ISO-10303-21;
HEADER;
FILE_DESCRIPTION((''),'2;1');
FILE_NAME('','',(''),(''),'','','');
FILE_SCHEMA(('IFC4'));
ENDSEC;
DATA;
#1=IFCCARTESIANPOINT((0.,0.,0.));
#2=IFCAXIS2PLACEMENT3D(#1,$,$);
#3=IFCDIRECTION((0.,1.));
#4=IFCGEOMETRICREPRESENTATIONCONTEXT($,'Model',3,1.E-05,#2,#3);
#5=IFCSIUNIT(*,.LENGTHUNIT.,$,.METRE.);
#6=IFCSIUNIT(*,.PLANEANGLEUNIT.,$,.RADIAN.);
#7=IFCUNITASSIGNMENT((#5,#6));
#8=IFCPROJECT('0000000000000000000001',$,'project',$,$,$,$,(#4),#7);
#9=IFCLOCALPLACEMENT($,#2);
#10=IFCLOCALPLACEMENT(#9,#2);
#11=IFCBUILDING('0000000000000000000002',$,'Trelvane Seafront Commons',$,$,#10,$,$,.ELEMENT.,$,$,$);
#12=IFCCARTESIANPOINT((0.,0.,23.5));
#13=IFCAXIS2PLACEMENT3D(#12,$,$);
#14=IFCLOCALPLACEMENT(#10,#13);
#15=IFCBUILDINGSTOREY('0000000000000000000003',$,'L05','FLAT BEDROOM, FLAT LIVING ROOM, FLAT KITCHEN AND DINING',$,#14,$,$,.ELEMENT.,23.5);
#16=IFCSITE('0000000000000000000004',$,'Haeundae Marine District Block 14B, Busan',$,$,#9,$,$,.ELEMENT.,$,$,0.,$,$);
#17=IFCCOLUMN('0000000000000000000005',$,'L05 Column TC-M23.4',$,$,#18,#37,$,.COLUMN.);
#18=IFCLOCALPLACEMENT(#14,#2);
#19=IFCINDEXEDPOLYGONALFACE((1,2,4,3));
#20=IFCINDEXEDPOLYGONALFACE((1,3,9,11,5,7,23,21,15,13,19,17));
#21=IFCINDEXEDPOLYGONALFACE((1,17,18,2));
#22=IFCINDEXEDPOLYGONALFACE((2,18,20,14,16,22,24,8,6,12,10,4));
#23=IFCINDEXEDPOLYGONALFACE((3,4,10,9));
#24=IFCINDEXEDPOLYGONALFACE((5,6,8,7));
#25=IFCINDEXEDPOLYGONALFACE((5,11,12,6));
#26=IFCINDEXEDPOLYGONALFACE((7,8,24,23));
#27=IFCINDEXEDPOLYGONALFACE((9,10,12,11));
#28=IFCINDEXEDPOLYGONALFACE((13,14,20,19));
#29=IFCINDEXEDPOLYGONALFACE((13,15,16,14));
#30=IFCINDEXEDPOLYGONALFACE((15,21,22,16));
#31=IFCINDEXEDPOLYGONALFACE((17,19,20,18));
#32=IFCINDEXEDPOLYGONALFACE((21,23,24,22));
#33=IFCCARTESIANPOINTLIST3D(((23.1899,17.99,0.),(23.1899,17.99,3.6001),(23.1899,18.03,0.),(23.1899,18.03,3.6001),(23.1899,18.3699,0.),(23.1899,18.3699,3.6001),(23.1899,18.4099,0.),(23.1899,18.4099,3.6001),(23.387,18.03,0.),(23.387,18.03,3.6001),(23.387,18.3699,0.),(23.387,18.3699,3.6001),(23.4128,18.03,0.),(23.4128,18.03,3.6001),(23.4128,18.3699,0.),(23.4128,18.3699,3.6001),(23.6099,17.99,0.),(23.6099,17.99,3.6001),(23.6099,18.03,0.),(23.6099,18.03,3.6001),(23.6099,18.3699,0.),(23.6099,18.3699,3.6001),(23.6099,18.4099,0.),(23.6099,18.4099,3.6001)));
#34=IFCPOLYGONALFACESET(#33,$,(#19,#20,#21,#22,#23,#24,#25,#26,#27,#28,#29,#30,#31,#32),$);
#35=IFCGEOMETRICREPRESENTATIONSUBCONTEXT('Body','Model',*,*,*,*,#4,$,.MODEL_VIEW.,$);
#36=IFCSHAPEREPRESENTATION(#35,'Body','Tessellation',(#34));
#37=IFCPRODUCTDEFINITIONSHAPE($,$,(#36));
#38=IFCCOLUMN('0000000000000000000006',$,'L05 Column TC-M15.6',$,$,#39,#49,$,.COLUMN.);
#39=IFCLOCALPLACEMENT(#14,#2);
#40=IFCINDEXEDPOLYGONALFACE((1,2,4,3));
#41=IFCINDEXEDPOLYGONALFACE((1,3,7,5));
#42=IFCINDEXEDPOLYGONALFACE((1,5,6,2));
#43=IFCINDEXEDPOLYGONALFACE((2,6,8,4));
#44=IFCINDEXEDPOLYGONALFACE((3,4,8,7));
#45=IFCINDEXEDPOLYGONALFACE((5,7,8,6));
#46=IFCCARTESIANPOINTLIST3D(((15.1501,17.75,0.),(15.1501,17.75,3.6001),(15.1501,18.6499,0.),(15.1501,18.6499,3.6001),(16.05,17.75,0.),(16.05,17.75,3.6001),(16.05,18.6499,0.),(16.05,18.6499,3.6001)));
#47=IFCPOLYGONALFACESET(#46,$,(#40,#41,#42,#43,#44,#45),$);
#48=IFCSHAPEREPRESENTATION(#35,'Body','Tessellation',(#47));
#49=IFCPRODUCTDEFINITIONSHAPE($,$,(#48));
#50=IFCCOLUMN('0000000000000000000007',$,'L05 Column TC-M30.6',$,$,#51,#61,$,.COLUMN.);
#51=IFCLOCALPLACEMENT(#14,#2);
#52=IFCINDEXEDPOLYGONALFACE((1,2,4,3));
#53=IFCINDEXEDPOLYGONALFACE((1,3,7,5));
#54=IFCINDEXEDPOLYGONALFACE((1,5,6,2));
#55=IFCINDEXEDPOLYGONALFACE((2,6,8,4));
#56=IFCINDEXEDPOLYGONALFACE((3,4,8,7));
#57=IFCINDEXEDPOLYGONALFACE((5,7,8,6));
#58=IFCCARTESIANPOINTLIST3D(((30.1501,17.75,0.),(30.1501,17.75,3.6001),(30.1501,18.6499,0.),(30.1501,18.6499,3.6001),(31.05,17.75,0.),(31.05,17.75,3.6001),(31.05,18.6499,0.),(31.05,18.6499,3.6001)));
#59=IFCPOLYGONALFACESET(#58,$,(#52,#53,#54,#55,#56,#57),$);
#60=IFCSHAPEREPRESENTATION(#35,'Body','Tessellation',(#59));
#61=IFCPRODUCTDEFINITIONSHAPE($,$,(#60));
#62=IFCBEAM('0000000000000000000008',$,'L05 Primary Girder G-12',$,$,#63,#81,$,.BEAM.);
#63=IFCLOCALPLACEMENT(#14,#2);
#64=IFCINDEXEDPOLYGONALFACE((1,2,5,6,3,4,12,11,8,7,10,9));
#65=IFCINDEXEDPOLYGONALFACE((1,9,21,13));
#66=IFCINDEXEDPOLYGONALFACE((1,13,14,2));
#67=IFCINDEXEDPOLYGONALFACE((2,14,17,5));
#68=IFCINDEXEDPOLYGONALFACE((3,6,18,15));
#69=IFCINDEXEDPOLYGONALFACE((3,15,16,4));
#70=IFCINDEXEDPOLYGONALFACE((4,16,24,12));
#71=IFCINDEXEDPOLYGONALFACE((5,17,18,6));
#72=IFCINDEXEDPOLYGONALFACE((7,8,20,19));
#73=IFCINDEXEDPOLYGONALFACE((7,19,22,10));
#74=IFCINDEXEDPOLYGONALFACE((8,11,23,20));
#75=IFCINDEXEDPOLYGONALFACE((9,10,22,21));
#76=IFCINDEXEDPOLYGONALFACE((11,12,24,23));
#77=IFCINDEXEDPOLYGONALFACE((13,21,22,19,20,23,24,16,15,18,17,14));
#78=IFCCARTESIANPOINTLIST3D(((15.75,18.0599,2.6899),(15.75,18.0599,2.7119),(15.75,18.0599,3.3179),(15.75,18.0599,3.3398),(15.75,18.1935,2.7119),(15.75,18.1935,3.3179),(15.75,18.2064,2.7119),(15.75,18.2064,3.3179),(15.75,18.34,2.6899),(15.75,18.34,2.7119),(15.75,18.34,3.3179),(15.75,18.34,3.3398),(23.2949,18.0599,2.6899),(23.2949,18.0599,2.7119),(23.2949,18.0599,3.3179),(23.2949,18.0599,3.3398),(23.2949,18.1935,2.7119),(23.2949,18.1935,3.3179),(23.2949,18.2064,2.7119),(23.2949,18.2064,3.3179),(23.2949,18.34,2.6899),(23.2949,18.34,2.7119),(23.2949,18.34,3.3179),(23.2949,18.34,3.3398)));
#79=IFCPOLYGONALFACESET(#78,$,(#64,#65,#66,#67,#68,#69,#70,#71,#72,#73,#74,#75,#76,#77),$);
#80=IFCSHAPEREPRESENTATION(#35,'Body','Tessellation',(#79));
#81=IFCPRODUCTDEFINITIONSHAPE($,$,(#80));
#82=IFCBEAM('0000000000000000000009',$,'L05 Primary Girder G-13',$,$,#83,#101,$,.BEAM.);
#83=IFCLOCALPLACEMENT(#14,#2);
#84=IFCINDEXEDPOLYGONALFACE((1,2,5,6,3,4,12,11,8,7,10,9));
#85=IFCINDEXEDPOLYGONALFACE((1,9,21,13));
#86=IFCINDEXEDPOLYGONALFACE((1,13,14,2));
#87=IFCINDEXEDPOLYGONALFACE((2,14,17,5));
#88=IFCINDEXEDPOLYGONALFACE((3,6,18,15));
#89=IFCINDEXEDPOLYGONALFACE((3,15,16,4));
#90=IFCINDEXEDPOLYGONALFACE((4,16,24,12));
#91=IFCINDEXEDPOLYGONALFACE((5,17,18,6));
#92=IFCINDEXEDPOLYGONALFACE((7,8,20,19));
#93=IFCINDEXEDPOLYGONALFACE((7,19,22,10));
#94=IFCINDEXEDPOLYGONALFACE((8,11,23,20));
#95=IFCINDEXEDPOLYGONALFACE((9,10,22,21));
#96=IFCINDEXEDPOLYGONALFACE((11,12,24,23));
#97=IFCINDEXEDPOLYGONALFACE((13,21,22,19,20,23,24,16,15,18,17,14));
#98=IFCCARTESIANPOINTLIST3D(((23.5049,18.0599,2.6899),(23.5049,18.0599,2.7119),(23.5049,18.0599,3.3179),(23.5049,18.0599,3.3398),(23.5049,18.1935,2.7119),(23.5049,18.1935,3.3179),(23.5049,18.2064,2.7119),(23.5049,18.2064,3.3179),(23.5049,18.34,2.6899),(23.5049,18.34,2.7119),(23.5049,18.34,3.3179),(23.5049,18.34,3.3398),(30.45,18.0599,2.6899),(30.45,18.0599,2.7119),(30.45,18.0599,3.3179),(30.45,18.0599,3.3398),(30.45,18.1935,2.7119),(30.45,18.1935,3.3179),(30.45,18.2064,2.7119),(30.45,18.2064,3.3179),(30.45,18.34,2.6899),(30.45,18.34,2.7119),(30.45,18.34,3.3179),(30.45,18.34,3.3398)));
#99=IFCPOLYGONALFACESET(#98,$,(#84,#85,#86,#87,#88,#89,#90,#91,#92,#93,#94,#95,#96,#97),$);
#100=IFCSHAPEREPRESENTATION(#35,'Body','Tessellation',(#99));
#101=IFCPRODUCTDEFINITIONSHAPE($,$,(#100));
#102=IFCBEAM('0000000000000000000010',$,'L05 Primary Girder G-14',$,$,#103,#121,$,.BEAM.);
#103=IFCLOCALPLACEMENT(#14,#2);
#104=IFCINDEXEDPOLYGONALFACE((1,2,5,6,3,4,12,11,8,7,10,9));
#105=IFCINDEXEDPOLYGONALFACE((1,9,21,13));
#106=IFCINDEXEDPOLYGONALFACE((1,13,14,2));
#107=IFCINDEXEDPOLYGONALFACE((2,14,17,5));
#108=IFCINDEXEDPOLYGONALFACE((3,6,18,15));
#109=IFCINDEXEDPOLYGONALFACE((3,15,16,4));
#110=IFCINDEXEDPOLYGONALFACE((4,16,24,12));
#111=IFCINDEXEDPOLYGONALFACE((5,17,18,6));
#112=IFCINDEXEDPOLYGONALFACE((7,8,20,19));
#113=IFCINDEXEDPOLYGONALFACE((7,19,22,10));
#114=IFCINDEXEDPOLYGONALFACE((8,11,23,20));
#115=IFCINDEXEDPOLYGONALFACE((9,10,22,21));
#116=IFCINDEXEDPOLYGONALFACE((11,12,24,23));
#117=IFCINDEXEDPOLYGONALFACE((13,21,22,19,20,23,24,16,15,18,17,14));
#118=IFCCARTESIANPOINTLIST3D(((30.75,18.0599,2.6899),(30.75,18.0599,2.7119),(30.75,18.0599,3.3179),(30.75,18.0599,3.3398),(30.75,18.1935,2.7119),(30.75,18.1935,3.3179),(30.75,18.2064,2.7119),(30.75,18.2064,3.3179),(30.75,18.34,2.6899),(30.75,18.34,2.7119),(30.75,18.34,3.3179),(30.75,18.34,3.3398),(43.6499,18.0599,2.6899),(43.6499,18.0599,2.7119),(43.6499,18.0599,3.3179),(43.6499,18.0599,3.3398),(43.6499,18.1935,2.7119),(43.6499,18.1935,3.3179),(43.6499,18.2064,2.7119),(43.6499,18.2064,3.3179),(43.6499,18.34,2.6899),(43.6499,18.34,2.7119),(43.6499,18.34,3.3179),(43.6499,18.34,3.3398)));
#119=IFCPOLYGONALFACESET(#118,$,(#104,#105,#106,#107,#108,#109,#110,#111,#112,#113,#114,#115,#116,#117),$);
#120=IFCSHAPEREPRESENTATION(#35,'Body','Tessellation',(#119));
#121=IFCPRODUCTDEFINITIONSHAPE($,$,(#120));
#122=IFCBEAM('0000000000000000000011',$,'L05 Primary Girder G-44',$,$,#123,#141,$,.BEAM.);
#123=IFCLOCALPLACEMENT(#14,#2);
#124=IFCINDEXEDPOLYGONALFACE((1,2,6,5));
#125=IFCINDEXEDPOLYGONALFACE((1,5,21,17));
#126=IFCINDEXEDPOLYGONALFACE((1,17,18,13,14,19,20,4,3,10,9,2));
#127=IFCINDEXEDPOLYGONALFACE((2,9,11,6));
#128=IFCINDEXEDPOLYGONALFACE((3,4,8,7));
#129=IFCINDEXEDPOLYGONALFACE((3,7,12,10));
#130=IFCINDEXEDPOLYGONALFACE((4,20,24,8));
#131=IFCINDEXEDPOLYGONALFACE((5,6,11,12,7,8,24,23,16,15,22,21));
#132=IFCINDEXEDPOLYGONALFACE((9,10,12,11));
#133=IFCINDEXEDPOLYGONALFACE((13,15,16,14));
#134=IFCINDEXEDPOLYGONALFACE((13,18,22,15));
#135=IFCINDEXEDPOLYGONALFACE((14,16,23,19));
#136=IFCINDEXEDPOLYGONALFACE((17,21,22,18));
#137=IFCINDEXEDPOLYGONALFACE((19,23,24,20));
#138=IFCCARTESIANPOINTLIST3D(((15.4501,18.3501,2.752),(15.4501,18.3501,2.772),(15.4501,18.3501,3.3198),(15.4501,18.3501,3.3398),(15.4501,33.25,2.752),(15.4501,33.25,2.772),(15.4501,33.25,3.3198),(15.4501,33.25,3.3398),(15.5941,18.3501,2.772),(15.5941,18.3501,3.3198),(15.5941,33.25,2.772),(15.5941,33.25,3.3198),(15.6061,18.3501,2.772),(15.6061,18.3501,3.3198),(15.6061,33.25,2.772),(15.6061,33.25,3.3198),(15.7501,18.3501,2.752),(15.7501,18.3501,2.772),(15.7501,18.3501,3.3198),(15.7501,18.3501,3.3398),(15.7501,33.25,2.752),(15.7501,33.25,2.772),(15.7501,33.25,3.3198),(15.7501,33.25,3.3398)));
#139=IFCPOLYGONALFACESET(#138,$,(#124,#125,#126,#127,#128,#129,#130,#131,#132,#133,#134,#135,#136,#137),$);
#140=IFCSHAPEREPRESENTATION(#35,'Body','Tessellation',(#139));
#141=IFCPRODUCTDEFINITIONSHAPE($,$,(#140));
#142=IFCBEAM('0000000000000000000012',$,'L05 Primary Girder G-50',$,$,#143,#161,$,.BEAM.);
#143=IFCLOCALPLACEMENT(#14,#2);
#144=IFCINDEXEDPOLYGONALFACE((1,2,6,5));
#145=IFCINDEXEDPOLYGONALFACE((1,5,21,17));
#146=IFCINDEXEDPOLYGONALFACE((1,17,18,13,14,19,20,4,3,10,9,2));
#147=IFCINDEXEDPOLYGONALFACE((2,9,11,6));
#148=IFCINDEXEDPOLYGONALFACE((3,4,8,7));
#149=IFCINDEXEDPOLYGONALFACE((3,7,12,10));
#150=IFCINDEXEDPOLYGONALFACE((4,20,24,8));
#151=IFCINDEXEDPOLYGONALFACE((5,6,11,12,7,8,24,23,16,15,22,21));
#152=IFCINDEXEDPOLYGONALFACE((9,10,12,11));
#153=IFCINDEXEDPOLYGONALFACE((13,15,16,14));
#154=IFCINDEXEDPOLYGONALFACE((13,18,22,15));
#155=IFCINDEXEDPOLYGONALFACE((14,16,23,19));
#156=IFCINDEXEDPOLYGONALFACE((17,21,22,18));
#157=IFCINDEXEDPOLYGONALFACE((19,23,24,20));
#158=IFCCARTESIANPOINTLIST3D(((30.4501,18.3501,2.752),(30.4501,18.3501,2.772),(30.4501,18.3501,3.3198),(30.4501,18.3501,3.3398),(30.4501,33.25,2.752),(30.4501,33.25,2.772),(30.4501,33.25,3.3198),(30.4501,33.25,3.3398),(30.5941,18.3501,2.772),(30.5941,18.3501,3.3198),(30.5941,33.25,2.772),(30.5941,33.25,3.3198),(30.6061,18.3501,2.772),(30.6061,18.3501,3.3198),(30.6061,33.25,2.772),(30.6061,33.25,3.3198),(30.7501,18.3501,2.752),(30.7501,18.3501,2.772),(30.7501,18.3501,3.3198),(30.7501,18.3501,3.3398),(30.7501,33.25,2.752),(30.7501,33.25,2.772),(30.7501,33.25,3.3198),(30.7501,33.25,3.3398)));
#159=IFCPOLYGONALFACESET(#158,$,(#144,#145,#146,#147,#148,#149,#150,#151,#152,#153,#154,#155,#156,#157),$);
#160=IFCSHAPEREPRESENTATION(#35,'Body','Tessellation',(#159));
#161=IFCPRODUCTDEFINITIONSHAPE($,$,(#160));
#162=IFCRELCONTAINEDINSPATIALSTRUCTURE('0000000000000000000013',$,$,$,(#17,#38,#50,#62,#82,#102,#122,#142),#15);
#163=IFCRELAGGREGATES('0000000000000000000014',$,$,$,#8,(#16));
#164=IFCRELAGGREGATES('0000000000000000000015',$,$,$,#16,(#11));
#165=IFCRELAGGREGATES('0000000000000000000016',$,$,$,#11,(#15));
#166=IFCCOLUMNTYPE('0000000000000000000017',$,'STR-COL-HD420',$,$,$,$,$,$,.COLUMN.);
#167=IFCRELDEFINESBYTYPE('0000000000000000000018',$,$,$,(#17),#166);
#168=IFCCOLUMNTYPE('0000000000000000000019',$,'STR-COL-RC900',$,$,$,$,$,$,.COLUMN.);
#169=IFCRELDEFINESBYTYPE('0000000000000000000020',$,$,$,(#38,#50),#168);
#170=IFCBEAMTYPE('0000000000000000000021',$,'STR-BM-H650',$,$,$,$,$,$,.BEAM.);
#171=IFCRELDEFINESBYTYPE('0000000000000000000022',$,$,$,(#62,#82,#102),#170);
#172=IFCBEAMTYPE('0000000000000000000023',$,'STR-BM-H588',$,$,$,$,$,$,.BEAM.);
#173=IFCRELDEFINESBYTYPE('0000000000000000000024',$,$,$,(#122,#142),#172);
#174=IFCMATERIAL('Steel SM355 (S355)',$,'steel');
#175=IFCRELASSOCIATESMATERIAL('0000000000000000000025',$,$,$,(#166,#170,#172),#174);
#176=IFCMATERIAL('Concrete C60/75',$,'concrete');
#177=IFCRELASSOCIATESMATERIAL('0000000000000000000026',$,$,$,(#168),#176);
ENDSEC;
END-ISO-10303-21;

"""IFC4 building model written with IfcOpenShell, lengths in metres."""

from ifc_helpers import new_model, si_unit, direction, frame, origin, origin_2d, place, context, subcontext, project, spatial, rectangle, i_section, extrude, source, transform, mapped, material, material_profile, profile_set, type_object, element, save


model = new_model("IFC4")

# Units and contexts
model_context = context("Model", 3, precision=1e-05, world=origin(), true_north=direction((0.0, 1.0)))
body_context = subcontext(model_context, "Body", "Model", "MODEL_VIEW")
ifc_project = project(units=[si_unit("LENGTHUNIT", "METRE"), si_unit("PLANEANGLEUNIT", "RADIAN")], contexts=[model_context])

# Site, building, storey
site_placement = place(None, origin())
site = spatial("IfcSite", under=ifc_project, at=site_placement, Name="Haeundae Marine District Block 14B, Busan", CompositionType="ELEMENT", RefElevation=0.0)
building_placement = place(site_placement, origin())
building = spatial("IfcBuilding", under=site, at=building_placement, Name="Trelvane Seafront Commons", CompositionType="ELEMENT")
storey_placement = place(building_placement, frame((0.0, 0.0, 23.5)))
storey = spatial("IfcBuildingStorey", under=building, at=storey_placement, Name="L05", Description="FLAT BEDROOM, FLAT LIVING ROOM, FLAT KITCHEN AND DINING", CompositionType="ELEMENT", Elevation=23.5)

# Columns
ifc_material_1 = material(Name="Steel SM355 (S355)", Category="steel")
ifc_material_profile_1 = material_profile(ifc_material_1, i_section(OverallWidth=0.4199, OverallDepth=0.4199, WebThickness=0.0259, FlangeThickness=0.04, at=origin_2d()), Name="HD-420x420x26x40")
ifc_profile_set_1 = profile_set([ifc_material_profile_1], Name="Steel SM355 (S355)")
column_type_1 = type_object("IfcColumnType", Name="STR-COL-HD420", PredefinedType="COLUMN", material=ifc_profile_set_1)
shared_shape_1 = source(origin(), body_context, "Body", "SweptSolid", [
    extrude(i_section(OverallWidth=0.4199, OverallDepth=0.4199, WebThickness=0.0259, FlangeThickness=0.04, at=origin_2d()), origin(), (0.0, 0.0, 1.0), 3.6001),
])
column_placement = place(storey_placement, frame((23.3999, 18.2, 0.0), z_axis=(0.0, 0.0, 1.0), x_axis=(1.0, 0.0, 0.0)))
element("IfcColumn", 1, at=column_placement, inside=storey, type_object=column_type_1, Name="L05 Column TC-M23.4", PredefinedType="COLUMN", context=body_context, shape_type="MappedRepresentation", body=[
    mapped(shared_shape_1, transform((0.0, 0.0, 0.0), x_axis=(1.0, 0.0, 0.0), y_axis=(0.0, 1.0, 0.0), z_axis=(0.0, 0.0, 1.0), scale=1.0)),
])
ifc_material_2 = material(Name="Concrete C60/75", Category="concrete")
ifc_material_profile_2 = material_profile(ifc_material_2, rectangle(XDim=0.8999, YDim=0.8999, at=origin_2d()), Name="RC-900x900")
ifc_profile_set_2 = profile_set([ifc_material_profile_2], Name="Concrete C60/75")
column_type_2 = type_object("IfcColumnType", Name="STR-COL-RC900", PredefinedType="COLUMN", material=ifc_profile_set_2)
shared_shape_2 = source(origin(), body_context, "Body", "SweptSolid", [
    extrude(rectangle(XDim=0.8999, YDim=0.8999, at=origin_2d()), origin(), (0.0, 0.0, 1.0), 3.6001),
])
for number, where, z_axis, x_axis, name in (
    (2, (15.6001, 18.2, 0.0), (0.0, 0.0, 1.0), (1.0, 0.0, 0.0), "L05 Column TC-M15.6"),
    (3, (30.6001, 18.2, 0.0), (0.0, 0.0, 1.0), (1.0, 0.0, 0.0), "L05 Column TC-M30.6"),
):
    element("IfcColumn", number, at=place(storey_placement, frame(where, z_axis=z_axis, x_axis=x_axis)), inside=storey, type_object=column_type_2, Name=name, PredefinedType="COLUMN", context=body_context, shape_type="MappedRepresentation", body=[
        mapped(shared_shape_2, transform((0.0, 0.0, 0.0), x_axis=(1.0, 0.0, 0.0), y_axis=(0.0, 1.0, 0.0), z_axis=(0.0, 0.0, 1.0), scale=1.0)),
    ])

# Beams
ifc_material_profile_3 = material_profile(ifc_material_1, i_section(OverallWidth=0.28, OverallDepth=0.6499, WebThickness=0.0129, FlangeThickness=0.022, at=origin_2d()), Name="H-650x280x13x22")
ifc_profile_set_3 = profile_set([ifc_material_profile_3], Name="Steel SM355 (S355)")
beam_type_1 = type_object("IfcBeamType", Name="STR-BM-H650", PredefinedType="BEAM", material=ifc_profile_set_3)
shared_shape_3 = source(origin(), body_context, "Body", "SweptSolid", [
    extrude(i_section(OverallWidth=0.28, OverallDepth=0.6499, WebThickness=0.0129, FlangeThickness=0.022, at=origin_2d()), origin(), (0.0, 0.0, 1.0), 7.5449),
])
beam_1_placement = place(storey_placement, frame((15.75, 18.2, 3.0149), z_axis=(1.0, 0.0, 0.0), x_axis=(0.0, 1.0, 0.0)))
element("IfcBeam", 4, at=beam_1_placement, inside=storey, type_object=beam_type_1, Name="L05 Primary Girder G-12", PredefinedType="BEAM", context=body_context, shape_type="MappedRepresentation", body=[
    mapped(shared_shape_3, transform((0.0, 0.0, 0.0), x_axis=(1.0, 0.0, 0.0), y_axis=(0.0, 1.0, 0.0), z_axis=(0.0, 0.0, 1.0), scale=1.0)),
])
shared_shape_4 = source(origin(), body_context, "Body", "SweptSolid", [
    extrude(i_section(OverallWidth=0.28, OverallDepth=0.6499, WebThickness=0.0129, FlangeThickness=0.022, at=origin_2d()), origin(), (0.0, 0.0, 1.0), 6.9451),
])
beam_2_placement = place(storey_placement, frame((23.5049, 18.2, 3.0149), z_axis=(1.0, 0.0, 0.0), x_axis=(0.0, 1.0, 0.0)))
element("IfcBeam", 5, at=beam_2_placement, inside=storey, type_object=beam_type_1, Name="L05 Primary Girder G-13", PredefinedType="BEAM", context=body_context, shape_type="MappedRepresentation", body=[
    mapped(shared_shape_4, transform((0.0, 0.0, 0.0), x_axis=(1.0, 0.0, 0.0), y_axis=(0.0, 1.0, 0.0), z_axis=(0.0, 0.0, 1.0), scale=1.0)),
])
shared_shape_5 = source(origin(), body_context, "Body", "SweptSolid", [
    extrude(i_section(OverallWidth=0.28, OverallDepth=0.6499, WebThickness=0.0129, FlangeThickness=0.022, at=origin_2d()), origin(), (0.0, 0.0, 1.0), 12.8999),
])
beam_3_placement = place(storey_placement, frame((30.75, 18.2, 3.0149), z_axis=(1.0, 0.0, 0.0), x_axis=(0.0, 1.0, 0.0)))
element("IfcBeam", 6, at=beam_3_placement, inside=storey, type_object=beam_type_1, Name="L05 Primary Girder G-14", PredefinedType="BEAM", context=body_context, shape_type="MappedRepresentation", body=[
    mapped(shared_shape_5, transform((0.0, 0.0, 0.0), x_axis=(1.0, 0.0, 0.0), y_axis=(0.0, 1.0, 0.0), z_axis=(0.0, 0.0, 1.0), scale=1.0)),
])
ifc_material_profile_4 = material_profile(ifc_material_1, i_section(OverallWidth=0.3, OverallDepth=0.5879, WebThickness=0.012, FlangeThickness=0.02, at=origin_2d()), Name="H-588x300x12x20")
ifc_profile_set_4 = profile_set([ifc_material_profile_4], Name="Steel SM355 (S355)")
beam_type_2 = type_object("IfcBeamType", Name="STR-BM-H588", PredefinedType="BEAM", material=ifc_profile_set_4)
shared_shape_6 = source(origin(), body_context, "Body", "SweptSolid", [
    extrude(i_section(OverallWidth=0.3, OverallDepth=0.5879, WebThickness=0.012, FlangeThickness=0.02, at=origin_2d()), origin(), (0.0, 0.0, 1.0), 14.8999),
])
for number, where, z_axis, x_axis, name in (
    (7, (15.6001, 18.3501, 3.0459), (0.0, 1.0, 0.0), (-1.0, 0.0, 0.0), "L05 Primary Girder G-44"),
    (8, (30.6001, 18.3501, 3.0459), (0.0, 1.0, 0.0), (-1.0, 0.0, 0.0), "L05 Primary Girder G-50"),
):
    element("IfcBeam", number, at=place(storey_placement, frame(where, z_axis=z_axis, x_axis=x_axis)), inside=storey, type_object=beam_type_2, Name=name, PredefinedType="BEAM", context=body_context, shape_type="MappedRepresentation", body=[
        mapped(shared_shape_6, transform((0.0, 0.0, 0.0), x_axis=(1.0, 0.0, 0.0), y_axis=(0.0, 1.0, 0.0), z_axis=(0.0, 0.0, 1.0), scale=1.0)),
    ])

save(model, "model.ifc")
